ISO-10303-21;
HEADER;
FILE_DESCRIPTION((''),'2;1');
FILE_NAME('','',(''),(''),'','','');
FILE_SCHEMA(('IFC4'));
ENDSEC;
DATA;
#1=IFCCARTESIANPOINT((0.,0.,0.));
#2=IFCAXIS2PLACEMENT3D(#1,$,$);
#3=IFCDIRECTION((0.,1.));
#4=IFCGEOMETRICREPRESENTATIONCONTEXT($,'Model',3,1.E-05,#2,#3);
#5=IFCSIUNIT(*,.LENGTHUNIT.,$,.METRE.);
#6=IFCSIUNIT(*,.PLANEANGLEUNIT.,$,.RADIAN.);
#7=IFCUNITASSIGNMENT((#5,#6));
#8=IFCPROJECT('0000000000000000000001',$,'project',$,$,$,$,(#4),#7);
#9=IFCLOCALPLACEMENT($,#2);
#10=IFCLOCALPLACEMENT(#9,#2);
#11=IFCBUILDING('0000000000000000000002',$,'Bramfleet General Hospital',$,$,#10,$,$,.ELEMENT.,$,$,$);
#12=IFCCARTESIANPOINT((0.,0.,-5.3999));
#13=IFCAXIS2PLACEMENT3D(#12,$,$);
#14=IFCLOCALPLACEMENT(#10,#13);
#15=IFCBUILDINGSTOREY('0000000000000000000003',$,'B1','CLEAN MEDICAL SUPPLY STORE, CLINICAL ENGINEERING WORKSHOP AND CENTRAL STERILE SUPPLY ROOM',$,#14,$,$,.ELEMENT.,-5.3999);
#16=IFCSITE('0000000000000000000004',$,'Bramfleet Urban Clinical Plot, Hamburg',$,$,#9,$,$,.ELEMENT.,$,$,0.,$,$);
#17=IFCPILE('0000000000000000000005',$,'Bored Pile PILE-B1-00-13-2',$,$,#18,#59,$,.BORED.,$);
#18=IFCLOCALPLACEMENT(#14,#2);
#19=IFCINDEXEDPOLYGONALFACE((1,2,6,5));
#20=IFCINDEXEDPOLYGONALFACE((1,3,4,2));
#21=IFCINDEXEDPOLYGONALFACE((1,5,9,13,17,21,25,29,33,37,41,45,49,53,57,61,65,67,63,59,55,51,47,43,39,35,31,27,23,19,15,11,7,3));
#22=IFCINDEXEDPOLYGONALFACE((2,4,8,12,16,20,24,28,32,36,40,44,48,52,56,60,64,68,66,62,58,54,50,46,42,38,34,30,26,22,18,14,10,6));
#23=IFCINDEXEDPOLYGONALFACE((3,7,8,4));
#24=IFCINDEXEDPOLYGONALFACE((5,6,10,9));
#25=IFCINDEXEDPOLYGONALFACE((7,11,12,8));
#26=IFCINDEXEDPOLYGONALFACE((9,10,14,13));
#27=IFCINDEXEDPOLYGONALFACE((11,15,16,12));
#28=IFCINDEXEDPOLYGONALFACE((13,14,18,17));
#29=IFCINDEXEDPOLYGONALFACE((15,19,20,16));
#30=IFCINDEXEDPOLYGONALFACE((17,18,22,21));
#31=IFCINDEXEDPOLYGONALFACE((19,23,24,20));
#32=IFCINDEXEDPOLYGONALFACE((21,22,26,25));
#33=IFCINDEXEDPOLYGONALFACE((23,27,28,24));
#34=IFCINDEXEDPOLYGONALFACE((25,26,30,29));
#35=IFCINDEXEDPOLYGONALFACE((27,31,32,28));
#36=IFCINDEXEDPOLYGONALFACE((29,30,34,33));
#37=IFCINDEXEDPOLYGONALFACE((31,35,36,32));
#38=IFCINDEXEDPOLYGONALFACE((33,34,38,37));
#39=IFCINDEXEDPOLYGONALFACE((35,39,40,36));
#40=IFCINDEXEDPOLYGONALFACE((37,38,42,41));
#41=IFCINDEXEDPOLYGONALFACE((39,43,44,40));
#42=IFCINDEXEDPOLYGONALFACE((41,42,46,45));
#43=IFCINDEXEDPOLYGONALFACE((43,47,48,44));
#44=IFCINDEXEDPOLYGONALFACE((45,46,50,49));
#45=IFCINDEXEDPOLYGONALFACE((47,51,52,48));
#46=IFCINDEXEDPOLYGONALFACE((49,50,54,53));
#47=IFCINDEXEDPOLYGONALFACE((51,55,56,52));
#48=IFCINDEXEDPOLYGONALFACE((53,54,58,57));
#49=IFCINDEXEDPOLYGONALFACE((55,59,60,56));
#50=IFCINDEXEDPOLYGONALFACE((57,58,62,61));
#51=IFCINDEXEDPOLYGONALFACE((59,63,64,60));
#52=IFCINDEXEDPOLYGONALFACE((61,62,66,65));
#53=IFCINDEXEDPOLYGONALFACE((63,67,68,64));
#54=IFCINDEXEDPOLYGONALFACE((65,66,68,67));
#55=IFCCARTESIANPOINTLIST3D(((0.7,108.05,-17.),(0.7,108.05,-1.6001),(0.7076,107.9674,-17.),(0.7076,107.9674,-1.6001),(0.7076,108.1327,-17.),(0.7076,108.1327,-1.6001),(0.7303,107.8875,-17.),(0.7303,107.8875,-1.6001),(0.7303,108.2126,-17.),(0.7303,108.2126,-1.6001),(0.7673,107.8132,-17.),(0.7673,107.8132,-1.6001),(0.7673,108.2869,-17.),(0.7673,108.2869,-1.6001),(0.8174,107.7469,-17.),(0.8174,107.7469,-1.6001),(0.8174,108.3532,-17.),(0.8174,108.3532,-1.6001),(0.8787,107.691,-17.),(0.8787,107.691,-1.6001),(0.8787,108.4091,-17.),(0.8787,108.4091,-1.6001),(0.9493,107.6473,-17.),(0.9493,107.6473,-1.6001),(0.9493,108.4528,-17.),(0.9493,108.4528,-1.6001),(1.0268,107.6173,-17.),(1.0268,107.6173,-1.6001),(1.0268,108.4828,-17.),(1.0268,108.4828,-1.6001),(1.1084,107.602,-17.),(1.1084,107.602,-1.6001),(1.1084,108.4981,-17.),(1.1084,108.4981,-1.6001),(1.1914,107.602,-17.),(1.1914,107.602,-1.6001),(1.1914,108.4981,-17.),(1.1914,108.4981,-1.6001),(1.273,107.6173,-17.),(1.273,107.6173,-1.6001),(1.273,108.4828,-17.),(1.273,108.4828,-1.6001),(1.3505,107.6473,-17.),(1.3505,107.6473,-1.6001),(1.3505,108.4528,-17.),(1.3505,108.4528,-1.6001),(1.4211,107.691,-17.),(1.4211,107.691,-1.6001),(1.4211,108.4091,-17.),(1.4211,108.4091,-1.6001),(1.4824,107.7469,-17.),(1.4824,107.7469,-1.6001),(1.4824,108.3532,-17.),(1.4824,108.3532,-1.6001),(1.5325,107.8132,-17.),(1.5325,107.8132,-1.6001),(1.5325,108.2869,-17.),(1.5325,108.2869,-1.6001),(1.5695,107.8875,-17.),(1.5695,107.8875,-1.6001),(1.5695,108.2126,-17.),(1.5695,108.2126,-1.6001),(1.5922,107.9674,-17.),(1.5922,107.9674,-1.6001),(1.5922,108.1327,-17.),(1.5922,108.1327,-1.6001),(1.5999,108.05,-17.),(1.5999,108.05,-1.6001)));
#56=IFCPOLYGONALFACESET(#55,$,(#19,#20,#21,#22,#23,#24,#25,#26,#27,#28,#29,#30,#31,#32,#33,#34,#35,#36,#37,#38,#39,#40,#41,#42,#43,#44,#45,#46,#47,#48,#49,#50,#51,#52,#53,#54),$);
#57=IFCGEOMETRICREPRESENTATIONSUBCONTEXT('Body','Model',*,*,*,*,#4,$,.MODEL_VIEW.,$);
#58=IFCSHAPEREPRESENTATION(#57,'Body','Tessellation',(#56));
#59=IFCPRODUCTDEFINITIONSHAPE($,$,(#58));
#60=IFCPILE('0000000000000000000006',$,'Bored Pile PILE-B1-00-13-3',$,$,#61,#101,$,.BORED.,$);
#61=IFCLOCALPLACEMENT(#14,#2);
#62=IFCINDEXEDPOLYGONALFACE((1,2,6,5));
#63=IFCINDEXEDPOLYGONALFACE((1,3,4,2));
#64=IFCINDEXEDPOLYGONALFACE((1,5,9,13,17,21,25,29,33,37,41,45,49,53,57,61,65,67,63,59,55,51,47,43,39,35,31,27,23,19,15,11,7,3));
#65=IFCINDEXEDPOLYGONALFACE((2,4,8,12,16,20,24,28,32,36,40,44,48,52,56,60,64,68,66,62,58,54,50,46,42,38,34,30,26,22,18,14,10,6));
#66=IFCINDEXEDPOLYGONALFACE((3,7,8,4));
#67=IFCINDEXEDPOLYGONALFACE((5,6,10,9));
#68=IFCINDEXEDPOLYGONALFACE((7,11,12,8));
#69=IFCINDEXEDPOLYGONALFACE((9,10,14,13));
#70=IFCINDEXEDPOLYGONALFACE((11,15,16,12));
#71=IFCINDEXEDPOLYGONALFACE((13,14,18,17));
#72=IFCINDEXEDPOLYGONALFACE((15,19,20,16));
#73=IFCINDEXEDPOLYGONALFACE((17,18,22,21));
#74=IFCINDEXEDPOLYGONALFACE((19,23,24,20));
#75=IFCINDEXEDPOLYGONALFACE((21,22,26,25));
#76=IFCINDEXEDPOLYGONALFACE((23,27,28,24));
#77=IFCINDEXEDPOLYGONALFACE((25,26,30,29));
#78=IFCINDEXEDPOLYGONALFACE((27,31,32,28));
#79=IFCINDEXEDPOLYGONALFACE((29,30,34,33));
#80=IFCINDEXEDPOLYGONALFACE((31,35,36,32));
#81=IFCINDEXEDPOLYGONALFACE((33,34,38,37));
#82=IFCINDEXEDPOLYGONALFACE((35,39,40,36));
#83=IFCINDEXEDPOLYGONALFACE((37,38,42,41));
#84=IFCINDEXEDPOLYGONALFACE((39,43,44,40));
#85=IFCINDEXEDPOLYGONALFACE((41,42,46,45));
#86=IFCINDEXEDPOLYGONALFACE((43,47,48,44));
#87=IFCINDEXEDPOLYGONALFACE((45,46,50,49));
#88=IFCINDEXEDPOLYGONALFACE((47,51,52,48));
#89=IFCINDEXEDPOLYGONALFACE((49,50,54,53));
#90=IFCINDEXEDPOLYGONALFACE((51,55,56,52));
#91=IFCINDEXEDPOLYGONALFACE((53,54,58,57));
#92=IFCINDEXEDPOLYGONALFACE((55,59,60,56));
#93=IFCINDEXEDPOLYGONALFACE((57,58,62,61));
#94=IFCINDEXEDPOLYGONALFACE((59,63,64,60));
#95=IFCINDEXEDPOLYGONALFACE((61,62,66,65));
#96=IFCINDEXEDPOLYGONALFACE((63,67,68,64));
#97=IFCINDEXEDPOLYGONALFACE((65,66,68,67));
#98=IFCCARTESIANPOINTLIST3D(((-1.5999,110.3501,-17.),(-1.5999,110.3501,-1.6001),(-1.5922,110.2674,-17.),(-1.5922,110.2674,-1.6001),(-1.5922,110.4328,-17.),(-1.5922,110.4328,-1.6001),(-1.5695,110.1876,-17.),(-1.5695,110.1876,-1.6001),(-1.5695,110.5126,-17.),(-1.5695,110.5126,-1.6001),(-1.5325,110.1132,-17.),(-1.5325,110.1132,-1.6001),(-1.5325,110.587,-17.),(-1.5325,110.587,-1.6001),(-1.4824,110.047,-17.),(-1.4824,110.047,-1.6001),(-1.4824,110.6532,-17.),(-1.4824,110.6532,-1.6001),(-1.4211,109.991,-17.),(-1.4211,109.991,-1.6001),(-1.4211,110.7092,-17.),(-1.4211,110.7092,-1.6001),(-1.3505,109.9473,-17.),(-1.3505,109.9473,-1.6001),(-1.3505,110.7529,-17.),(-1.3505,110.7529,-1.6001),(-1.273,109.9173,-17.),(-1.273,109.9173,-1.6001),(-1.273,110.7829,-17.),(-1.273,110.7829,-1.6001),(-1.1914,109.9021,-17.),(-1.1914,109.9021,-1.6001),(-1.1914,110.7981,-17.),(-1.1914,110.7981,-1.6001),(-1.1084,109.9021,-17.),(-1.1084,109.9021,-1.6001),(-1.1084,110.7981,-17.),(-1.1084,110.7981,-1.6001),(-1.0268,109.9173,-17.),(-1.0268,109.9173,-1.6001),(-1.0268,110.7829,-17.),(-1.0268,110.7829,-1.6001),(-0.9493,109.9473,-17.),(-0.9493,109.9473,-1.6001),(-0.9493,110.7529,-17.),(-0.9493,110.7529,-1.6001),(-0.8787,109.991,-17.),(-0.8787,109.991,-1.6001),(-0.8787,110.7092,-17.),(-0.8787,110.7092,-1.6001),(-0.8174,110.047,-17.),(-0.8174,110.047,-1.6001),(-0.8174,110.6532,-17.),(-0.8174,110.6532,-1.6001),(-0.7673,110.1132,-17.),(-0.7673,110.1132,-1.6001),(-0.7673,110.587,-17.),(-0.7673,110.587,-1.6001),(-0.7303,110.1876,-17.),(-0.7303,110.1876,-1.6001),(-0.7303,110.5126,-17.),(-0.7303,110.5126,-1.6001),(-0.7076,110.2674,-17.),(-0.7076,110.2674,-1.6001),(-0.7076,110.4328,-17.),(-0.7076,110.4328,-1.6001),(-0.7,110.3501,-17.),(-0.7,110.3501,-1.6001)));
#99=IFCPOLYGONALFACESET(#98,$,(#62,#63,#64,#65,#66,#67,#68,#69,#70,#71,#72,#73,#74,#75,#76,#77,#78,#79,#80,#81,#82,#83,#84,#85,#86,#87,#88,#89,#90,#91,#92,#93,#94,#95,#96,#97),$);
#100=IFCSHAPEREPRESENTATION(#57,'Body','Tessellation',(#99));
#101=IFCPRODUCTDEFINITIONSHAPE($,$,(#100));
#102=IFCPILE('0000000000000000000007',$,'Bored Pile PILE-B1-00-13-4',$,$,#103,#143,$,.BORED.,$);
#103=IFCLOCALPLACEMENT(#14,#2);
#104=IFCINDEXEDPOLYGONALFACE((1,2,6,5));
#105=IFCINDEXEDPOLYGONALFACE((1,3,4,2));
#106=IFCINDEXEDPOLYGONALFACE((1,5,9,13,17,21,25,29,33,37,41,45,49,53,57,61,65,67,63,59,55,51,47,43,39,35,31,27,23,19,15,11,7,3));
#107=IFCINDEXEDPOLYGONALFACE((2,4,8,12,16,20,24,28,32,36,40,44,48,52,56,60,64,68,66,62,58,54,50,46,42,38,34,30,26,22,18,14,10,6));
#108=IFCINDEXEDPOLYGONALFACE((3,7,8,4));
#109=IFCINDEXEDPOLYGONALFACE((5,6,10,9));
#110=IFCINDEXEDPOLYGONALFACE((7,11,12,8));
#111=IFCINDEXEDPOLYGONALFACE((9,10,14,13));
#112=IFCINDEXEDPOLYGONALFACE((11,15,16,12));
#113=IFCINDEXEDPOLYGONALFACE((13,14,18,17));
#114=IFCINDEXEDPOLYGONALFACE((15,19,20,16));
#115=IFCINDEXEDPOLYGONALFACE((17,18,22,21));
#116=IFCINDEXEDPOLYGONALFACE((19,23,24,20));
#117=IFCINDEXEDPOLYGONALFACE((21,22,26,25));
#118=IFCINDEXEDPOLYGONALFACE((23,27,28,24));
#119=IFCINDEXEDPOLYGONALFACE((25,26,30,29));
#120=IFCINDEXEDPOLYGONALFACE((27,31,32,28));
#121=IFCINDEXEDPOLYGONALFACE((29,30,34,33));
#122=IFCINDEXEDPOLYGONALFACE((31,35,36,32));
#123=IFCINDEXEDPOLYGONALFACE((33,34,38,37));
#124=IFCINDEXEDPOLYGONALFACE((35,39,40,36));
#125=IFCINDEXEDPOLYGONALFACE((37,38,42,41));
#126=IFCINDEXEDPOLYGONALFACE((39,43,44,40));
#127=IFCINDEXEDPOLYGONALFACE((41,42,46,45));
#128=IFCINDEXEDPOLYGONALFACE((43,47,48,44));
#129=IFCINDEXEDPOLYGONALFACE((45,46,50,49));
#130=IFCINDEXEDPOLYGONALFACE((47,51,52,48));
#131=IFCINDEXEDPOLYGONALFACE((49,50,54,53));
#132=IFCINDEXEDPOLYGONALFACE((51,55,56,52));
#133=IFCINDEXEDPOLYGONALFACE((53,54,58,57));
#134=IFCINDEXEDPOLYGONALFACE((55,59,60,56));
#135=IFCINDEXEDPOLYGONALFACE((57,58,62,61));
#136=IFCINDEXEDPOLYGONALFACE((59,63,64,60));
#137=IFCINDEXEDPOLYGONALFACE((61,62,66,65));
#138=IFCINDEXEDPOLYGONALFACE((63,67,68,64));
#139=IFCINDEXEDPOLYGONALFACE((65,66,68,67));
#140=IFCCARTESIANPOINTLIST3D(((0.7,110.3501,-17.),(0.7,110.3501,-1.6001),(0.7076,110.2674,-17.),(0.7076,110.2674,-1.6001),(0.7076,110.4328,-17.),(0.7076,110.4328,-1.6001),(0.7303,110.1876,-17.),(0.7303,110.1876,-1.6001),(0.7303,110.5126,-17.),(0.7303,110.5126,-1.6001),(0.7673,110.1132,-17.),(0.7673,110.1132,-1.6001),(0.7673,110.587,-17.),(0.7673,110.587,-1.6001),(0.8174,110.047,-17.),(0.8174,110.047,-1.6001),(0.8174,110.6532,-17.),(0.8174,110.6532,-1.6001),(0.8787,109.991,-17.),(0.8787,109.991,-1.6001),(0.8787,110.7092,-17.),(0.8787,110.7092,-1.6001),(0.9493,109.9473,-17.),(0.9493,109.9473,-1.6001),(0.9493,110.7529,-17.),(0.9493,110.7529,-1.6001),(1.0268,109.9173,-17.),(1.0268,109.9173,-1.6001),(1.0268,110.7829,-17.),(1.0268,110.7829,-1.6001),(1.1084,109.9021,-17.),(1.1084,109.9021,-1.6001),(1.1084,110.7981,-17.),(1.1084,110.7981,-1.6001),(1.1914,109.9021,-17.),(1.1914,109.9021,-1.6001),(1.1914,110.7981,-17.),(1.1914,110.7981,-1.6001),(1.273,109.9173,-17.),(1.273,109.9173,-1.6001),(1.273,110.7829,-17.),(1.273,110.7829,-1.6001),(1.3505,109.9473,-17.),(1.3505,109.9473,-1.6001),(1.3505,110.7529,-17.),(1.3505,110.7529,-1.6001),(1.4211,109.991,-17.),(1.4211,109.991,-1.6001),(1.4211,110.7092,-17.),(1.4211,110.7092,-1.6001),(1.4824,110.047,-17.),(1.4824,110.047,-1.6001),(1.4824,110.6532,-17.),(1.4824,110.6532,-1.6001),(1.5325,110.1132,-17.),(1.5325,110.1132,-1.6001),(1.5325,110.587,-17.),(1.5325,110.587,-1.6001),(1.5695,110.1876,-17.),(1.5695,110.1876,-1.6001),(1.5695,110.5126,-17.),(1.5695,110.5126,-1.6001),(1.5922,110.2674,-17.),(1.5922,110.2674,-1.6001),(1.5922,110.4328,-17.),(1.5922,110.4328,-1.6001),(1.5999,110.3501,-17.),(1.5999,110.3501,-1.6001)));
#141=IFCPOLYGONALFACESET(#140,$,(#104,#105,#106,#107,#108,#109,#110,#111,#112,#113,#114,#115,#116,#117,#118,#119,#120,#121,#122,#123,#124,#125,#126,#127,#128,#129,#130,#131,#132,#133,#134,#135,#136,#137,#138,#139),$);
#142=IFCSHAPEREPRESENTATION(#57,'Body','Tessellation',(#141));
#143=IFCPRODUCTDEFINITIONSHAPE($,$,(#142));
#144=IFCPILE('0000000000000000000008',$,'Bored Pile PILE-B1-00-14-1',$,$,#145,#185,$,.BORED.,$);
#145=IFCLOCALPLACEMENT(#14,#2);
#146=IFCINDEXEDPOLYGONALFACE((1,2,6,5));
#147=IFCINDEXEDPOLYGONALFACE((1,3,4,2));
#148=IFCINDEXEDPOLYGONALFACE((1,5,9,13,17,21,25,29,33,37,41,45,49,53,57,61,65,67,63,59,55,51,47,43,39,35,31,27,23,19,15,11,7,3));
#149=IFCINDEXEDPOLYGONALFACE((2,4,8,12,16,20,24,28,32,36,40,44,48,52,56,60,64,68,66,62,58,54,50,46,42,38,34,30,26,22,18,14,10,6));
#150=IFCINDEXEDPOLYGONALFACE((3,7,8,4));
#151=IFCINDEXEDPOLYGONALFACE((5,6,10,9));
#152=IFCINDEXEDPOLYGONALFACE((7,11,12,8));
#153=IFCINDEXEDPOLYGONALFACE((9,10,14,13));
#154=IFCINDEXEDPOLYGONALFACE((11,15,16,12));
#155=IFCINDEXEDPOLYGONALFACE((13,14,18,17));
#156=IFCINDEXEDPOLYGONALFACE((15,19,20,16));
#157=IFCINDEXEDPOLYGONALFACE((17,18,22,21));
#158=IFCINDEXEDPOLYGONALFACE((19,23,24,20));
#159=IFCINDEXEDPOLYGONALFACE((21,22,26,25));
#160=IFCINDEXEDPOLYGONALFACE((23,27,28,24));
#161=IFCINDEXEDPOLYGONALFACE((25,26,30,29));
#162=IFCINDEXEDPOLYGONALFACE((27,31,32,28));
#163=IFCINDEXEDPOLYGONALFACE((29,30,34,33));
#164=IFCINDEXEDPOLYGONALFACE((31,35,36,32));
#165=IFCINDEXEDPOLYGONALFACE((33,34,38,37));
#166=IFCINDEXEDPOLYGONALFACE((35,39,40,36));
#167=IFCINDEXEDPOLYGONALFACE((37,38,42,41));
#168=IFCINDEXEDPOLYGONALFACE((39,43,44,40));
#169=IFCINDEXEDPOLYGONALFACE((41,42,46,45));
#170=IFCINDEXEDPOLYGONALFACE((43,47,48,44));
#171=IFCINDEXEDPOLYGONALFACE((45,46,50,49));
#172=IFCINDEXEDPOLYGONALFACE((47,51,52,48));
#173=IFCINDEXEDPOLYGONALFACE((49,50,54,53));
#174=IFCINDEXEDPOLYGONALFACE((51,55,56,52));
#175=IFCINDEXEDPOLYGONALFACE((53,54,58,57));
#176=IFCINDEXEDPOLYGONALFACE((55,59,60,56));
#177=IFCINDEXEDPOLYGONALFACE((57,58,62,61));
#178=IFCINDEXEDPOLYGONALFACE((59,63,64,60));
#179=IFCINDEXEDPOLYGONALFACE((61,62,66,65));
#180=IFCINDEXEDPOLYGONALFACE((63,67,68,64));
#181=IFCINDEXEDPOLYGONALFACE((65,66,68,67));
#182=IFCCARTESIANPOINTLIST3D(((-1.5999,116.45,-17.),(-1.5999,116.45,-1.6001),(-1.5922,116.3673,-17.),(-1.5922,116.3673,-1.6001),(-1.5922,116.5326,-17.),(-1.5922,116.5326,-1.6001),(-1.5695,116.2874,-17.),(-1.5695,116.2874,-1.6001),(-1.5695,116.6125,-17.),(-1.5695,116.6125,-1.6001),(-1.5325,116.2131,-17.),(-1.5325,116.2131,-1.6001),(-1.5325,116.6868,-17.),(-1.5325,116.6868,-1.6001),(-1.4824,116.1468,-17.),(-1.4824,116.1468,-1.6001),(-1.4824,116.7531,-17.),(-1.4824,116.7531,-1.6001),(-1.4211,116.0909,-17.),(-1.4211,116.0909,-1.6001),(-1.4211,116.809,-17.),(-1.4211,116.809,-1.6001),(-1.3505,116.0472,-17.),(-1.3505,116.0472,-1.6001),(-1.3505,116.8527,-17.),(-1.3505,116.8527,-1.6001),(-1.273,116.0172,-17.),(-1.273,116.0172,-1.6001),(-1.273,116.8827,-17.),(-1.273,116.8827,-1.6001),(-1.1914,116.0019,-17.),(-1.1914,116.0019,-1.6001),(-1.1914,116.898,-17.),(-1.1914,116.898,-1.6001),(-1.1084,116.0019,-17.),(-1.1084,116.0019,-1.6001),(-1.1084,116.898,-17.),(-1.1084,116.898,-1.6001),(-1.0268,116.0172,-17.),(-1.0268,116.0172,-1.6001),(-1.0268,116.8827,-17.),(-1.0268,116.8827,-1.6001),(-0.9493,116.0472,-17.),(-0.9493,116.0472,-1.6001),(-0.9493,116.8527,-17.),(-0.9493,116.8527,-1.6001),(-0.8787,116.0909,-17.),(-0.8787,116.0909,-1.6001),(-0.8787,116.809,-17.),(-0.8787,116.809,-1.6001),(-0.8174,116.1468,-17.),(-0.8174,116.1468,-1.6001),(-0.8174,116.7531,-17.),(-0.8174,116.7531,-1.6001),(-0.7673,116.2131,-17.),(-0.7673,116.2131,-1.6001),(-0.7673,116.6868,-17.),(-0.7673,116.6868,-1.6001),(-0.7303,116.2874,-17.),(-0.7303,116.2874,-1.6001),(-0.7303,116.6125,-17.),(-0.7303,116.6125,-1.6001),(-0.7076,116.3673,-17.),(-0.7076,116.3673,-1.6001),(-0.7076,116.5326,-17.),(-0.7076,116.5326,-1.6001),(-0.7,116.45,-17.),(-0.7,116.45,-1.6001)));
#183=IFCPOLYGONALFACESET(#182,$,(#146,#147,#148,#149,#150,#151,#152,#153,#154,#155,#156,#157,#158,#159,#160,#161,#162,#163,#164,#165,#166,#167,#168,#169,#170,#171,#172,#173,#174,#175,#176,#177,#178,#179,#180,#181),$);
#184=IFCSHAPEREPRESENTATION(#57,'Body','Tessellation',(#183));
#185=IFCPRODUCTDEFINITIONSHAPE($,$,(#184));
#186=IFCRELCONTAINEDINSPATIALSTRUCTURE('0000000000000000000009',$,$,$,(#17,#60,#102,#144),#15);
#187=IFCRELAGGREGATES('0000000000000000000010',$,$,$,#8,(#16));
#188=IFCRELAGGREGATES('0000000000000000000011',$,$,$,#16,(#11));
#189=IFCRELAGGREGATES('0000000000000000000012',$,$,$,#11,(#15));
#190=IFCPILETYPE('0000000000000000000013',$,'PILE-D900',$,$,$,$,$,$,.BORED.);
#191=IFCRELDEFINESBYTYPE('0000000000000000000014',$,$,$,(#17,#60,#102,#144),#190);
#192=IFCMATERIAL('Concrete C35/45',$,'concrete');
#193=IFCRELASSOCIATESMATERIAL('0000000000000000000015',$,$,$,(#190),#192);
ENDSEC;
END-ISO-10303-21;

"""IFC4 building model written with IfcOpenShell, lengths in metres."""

from ifc_helpers import new_model, si_unit, direction, frame, origin, origin_2d, place, context, subcontext, project, spatial, circle, extrude, material, material_profile, profile_set, type_object, element, save


model = new_model("IFC4")

# Units and contexts
model_context = context("Model", 3, precision=1e-05, world=origin(), true_north=direction((0.0, 1.0)))
body_context = subcontext(model_context, "Body", "Model", "MODEL_VIEW")
ifc_project = project(units=[si_unit("LENGTHUNIT", "METRE"), si_unit("PLANEANGLEUNIT", "RADIAN")], contexts=[model_context])

# Site, building, storey
site_placement = place(None, origin())
site = spatial("IfcSite", under=ifc_project, at=site_placement, Name="Bramfleet Urban Clinical Plot, Hamburg", CompositionType="ELEMENT", RefElevation=0.0)
building_placement = place(site_placement, origin())
building = spatial("IfcBuilding", under=site, at=building_placement, Name="Bramfleet General Hospital", CompositionType="ELEMENT")
storey_placement = place(building_placement, frame((0.0, 0.0, -5.3999)))
storey = spatial("IfcBuildingStorey", under=building, at=storey_placement, Name="B1", Description="CLEAN MEDICAL SUPPLY STORE, CLINICAL ENGINEERING WORKSHOP AND CENTRAL STERILE SUPPLY ROOM", CompositionType="ELEMENT", Elevation=-5.3999)

# Shared definitions
ifc_material_1 = material(Name="Concrete C35/45", Category="concrete")

# Piles
ifc_material_profile_1 = material_profile(ifc_material_1, circle(Radius=0.45, at=origin_2d()), Name="PILE BORED D900")
ifc_profile_set_1 = profile_set([ifc_material_profile_1], Name="Concrete C35/45")
pile_type = type_object("IfcPileType", Name="PILE-D900", PredefinedType="BORED", material=ifc_profile_set_1)
for number, where, z_axis, x_axis, name in (
    (1, (1.1499, 108.05, -1.6001), (0.0, 0.0, -1.0), (1.0, 0.0, 0.0), "Bored Pile PILE-B1-00-13-2"),
    (2, (-1.1499, 110.3501, -1.6001), (0.0, 0.0, -1.0), (1.0, 0.0, 0.0), "Bored Pile PILE-B1-00-13-3"),
    (3, (1.1499, 110.3501, -1.6001), (0.0, 0.0, -1.0), (1.0, 0.0, 0.0), "Bored Pile PILE-B1-00-13-4"),
    (4, (-1.1499, 116.45, -1.6001), (0.0, 0.0, -1.0), (1.0, 0.0, 0.0), "Bored Pile PILE-B1-00-14-1"),
):
    element("IfcPile", number, at=place(storey_placement, frame(where, z_axis=z_axis, x_axis=x_axis)), inside=storey, type_object=pile_type, Name=name, PredefinedType="BORED", context=body_context, shape_type="SweptSolid", body=[
        extrude(circle(Radius=0.45, at=origin_2d()), origin(), (0.0, 0.0, 1.0), 15.3999),
    ])

save(model, "model.ifc")
